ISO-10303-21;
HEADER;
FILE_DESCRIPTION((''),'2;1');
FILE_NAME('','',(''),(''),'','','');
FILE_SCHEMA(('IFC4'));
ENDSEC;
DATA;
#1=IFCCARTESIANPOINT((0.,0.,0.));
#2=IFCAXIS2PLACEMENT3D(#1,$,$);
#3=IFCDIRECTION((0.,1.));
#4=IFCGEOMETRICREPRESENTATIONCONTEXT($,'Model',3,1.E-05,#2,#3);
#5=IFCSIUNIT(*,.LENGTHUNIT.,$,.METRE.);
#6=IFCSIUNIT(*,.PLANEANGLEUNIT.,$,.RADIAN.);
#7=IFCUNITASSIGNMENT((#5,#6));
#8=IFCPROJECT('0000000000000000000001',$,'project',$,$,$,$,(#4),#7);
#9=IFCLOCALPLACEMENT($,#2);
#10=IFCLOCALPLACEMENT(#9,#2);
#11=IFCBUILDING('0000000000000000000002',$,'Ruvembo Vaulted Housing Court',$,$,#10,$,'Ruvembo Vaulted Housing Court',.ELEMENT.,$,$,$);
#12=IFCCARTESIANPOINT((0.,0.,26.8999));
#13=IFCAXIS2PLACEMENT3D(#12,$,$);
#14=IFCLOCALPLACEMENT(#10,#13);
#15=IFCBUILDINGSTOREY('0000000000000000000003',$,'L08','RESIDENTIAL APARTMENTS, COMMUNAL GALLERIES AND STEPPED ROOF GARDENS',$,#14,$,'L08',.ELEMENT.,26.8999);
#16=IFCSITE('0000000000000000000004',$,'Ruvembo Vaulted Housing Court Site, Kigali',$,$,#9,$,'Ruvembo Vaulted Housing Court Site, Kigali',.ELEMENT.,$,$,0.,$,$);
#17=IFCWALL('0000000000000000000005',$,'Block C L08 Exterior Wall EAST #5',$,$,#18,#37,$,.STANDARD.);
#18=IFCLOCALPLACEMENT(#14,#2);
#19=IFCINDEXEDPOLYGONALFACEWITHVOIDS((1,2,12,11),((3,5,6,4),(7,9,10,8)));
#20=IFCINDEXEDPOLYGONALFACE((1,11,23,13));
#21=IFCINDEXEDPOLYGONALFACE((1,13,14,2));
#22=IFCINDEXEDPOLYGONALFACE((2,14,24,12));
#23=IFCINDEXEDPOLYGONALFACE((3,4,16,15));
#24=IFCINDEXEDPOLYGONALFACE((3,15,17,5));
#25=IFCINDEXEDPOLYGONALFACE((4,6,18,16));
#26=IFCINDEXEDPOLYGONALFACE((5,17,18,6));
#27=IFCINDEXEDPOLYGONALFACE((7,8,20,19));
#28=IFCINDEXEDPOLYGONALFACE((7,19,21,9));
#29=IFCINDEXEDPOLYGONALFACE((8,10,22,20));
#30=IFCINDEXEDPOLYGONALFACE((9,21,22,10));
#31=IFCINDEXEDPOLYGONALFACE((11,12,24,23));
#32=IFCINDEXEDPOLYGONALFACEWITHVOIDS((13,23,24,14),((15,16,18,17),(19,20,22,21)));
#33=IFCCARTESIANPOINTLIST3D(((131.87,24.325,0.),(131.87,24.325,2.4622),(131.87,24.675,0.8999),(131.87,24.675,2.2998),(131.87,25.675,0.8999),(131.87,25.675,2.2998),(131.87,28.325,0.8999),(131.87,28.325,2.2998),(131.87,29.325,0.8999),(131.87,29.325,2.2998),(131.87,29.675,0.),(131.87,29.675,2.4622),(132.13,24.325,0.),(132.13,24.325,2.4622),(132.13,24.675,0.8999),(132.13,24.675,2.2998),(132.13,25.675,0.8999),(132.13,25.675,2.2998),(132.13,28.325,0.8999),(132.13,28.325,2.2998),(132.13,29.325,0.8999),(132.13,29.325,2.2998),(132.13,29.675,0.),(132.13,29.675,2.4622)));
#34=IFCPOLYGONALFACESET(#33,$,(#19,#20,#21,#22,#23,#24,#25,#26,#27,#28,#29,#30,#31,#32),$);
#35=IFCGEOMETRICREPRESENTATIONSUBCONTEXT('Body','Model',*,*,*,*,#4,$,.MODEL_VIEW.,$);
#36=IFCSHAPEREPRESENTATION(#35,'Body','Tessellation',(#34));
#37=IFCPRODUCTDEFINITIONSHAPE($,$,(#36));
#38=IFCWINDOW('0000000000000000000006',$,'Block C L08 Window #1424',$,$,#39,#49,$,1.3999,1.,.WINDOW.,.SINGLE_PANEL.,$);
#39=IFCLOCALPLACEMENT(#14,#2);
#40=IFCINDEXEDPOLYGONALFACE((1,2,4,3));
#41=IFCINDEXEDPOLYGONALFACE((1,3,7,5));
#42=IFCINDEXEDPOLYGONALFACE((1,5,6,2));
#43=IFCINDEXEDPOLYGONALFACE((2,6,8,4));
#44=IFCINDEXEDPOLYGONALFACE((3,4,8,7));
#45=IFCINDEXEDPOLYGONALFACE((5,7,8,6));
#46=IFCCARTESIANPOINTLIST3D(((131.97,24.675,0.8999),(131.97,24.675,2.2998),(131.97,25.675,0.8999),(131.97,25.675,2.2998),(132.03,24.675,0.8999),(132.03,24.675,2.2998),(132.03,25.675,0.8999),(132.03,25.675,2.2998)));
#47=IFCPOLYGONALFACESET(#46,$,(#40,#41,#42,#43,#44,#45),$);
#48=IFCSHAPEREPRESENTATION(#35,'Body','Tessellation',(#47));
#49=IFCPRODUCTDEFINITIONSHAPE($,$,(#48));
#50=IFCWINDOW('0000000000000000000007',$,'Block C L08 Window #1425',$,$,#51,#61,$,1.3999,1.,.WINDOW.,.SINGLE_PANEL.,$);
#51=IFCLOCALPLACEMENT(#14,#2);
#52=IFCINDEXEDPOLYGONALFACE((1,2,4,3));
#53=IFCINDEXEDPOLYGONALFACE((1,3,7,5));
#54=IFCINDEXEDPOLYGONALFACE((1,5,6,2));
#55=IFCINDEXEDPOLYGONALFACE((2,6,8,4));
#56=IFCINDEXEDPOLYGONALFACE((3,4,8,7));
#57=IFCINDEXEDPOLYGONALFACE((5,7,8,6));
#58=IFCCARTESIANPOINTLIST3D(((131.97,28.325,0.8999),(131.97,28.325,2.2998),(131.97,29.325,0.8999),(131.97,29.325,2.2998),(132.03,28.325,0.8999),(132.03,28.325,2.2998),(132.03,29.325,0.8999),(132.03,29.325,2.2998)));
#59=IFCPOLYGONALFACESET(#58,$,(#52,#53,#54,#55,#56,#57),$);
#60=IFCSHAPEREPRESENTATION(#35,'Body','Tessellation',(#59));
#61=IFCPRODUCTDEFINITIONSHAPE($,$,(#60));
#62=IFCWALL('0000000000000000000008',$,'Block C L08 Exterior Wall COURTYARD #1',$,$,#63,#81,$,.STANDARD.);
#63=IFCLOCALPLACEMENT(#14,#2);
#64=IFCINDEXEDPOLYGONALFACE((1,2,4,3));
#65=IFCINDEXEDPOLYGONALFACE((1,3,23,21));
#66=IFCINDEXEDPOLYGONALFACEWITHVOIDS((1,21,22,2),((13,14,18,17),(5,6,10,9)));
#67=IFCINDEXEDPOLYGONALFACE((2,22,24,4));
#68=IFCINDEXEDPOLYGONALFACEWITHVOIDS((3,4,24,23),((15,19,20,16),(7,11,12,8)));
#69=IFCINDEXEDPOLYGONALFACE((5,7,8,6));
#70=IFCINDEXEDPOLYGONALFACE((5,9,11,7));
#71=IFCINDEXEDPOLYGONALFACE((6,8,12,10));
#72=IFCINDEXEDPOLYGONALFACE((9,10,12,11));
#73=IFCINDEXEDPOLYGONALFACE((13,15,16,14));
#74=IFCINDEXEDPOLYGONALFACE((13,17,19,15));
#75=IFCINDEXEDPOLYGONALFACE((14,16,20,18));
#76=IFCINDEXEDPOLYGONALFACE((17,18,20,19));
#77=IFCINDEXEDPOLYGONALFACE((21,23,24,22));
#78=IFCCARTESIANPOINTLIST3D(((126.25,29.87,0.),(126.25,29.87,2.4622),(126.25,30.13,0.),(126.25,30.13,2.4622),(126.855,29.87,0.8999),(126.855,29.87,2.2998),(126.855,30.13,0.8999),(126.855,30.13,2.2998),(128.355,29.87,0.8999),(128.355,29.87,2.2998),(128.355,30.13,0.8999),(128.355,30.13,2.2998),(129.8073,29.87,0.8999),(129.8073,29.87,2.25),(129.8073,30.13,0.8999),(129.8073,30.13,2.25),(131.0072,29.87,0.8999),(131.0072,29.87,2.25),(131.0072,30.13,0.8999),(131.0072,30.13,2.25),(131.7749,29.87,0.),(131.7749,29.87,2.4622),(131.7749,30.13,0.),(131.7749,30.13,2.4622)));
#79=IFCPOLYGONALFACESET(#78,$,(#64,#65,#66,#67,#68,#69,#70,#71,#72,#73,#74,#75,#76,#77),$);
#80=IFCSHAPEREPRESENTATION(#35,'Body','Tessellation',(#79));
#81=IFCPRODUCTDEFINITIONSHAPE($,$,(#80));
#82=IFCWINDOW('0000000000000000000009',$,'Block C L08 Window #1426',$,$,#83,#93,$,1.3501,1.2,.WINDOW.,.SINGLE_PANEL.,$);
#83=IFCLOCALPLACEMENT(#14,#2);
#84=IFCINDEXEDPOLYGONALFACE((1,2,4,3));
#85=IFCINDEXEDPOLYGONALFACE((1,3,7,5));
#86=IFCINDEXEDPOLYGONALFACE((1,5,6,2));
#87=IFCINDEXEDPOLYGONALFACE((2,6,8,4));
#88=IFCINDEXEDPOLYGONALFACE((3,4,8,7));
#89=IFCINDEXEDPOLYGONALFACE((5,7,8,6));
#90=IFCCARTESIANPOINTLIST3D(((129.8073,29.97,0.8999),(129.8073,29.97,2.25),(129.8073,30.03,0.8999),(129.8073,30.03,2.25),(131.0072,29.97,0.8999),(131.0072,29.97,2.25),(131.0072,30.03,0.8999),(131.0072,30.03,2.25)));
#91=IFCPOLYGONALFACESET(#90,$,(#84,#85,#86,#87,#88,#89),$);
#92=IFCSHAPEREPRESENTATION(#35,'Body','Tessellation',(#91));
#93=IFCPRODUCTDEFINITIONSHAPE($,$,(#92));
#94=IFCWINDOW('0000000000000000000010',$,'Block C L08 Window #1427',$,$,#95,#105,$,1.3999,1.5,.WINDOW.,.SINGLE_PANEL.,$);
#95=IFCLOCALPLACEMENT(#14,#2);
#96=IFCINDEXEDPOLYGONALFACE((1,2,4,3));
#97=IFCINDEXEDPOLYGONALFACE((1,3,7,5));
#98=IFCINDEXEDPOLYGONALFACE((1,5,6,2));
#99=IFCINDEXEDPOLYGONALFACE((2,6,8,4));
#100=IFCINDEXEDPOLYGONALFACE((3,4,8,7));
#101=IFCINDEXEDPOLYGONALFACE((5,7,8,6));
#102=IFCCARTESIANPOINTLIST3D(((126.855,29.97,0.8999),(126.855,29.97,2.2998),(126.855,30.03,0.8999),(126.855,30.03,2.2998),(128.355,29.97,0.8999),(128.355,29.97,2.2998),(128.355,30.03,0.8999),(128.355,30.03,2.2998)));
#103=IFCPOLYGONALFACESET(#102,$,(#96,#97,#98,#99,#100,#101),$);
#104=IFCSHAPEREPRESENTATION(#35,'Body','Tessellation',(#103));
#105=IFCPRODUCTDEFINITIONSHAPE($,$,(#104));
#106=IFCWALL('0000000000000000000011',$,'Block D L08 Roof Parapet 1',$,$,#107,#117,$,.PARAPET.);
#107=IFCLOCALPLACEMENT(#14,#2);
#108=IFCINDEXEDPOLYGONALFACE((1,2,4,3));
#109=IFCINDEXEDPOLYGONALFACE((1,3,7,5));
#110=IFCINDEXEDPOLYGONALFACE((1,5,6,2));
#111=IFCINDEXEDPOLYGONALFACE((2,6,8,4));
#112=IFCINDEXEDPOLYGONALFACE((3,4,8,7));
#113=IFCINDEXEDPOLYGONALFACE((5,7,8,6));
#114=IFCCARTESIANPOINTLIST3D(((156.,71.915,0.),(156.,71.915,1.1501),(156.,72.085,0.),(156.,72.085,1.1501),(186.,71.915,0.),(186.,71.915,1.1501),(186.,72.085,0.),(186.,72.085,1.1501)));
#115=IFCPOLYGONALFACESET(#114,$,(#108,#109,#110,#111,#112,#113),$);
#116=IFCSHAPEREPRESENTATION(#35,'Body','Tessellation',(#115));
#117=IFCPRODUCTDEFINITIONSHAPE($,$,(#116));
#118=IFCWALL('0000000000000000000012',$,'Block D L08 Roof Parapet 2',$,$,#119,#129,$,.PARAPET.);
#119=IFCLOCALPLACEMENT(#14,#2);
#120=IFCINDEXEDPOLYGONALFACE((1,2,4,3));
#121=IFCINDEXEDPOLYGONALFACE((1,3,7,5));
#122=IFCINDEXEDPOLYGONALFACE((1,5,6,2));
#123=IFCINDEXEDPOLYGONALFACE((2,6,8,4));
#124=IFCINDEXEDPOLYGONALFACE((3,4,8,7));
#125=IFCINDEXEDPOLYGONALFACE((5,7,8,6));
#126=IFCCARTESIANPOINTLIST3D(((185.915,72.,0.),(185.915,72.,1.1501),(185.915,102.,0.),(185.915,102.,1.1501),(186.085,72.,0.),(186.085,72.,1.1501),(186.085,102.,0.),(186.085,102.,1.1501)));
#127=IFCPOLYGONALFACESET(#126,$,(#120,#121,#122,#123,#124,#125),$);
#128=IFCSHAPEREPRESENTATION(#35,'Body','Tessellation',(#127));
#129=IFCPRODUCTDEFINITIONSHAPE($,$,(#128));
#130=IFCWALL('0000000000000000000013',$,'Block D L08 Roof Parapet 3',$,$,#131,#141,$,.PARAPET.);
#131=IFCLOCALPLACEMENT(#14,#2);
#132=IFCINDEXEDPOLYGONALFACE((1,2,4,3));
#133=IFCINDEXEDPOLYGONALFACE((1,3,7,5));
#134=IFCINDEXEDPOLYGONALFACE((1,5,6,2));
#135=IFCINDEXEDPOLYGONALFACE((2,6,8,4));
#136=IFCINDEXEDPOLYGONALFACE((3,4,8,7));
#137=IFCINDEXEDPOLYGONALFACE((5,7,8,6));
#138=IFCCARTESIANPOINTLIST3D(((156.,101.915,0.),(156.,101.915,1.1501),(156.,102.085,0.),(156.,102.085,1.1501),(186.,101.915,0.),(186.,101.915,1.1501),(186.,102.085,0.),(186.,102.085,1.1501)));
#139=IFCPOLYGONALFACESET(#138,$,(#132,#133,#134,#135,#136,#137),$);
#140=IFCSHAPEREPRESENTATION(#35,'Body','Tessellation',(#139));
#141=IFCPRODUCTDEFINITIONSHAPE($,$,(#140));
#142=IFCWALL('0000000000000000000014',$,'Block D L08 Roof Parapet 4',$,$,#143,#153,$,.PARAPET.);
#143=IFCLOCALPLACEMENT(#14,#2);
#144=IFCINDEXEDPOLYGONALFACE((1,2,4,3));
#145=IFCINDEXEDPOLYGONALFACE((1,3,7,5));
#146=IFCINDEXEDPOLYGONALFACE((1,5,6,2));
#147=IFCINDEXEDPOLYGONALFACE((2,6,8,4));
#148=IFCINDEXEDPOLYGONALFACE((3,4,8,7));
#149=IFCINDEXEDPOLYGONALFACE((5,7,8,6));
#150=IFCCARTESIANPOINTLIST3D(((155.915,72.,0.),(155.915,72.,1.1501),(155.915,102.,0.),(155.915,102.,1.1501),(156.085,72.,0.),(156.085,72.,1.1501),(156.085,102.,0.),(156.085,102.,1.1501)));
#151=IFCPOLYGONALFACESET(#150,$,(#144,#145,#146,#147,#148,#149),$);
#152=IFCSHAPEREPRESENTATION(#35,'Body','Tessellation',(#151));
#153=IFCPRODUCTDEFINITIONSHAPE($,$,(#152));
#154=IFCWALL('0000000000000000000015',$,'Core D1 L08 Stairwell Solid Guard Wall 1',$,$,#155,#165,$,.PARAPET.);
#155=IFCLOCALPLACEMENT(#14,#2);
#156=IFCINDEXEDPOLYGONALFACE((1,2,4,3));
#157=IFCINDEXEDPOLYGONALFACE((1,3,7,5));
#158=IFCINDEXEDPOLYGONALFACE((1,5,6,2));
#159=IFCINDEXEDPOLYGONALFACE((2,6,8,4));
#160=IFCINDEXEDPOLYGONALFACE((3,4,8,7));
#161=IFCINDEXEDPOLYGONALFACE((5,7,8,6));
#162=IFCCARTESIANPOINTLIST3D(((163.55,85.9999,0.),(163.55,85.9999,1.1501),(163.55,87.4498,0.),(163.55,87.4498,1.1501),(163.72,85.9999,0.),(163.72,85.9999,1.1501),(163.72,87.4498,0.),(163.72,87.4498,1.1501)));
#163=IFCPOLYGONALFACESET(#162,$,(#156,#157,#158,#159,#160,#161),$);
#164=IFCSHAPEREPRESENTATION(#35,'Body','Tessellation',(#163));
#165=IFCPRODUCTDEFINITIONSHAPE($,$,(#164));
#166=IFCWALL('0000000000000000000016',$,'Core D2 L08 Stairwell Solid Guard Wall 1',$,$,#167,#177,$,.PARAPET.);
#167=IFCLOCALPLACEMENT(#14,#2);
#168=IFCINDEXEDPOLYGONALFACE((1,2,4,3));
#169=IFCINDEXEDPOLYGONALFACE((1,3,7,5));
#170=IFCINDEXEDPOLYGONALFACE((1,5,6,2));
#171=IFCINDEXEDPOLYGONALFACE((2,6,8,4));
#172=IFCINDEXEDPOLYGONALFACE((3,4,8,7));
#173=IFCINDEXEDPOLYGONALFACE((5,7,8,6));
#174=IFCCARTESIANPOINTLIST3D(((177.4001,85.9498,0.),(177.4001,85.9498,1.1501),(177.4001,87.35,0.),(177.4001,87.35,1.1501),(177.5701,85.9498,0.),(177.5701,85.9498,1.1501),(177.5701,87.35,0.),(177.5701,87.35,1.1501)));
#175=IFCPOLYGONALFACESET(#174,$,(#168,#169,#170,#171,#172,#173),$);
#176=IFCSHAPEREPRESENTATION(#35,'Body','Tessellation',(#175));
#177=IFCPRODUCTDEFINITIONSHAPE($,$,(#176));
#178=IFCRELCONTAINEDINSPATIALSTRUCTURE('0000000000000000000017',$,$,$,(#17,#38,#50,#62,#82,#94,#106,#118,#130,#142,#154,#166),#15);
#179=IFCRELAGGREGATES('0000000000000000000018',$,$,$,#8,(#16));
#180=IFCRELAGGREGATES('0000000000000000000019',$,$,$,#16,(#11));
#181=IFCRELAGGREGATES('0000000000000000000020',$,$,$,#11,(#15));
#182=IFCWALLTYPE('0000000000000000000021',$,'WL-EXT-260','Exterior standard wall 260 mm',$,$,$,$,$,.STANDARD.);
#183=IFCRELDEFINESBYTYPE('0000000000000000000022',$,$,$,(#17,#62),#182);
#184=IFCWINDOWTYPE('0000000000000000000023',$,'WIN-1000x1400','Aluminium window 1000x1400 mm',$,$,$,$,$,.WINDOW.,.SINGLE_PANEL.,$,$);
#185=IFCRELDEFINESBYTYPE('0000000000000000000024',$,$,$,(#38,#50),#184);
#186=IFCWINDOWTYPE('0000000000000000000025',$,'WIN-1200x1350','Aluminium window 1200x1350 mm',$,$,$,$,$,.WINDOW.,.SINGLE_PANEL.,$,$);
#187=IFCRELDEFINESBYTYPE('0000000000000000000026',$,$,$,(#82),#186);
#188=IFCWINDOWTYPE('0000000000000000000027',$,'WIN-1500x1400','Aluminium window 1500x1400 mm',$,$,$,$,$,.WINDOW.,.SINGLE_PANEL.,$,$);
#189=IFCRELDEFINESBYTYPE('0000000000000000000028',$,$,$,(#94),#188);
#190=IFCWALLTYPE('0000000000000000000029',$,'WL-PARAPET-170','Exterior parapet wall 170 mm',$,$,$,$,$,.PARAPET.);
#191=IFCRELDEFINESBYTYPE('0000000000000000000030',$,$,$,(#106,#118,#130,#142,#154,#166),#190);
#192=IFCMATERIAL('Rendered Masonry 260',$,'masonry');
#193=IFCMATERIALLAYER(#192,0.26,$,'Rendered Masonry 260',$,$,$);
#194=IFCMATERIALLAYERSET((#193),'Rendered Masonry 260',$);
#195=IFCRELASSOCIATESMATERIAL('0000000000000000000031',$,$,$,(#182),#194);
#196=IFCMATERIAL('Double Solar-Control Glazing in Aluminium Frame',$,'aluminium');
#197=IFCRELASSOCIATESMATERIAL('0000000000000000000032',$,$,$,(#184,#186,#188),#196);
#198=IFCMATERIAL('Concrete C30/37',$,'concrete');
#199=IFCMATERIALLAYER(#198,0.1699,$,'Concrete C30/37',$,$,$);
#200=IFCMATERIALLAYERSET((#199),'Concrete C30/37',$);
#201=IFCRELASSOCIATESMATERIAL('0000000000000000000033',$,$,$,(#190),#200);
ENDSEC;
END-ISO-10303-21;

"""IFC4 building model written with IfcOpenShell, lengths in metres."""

from ifc_helpers import new_model, si_unit, direction, frame, frame_2d, origin, place, context, subcontext, project, spatial, rectangle, extrude, material, layer, layer_set, type_object, element, fill, save


model = new_model("IFC4")

# Units and contexts
model_context = context("Model", 3, precision=1e-05, world=origin(), true_north=direction((0.0, 1.0)))
body_context = subcontext(model_context, "Body", "Model", "MODEL_VIEW")
ifc_project = project(units=[si_unit("LENGTHUNIT", "METRE"), si_unit("PLANEANGLEUNIT", "RADIAN")], contexts=[model_context])

# Site, building, storey
site_placement = place(None, origin())
site = spatial("IfcSite", under=ifc_project, at=site_placement, Name="Ruvembo Vaulted Housing Court Site, Kigali", LongName="Ruvembo Vaulted Housing Court Site, Kigali", CompositionType="ELEMENT", RefElevation=0.0)
building_placement = place(site_placement, origin())
building = spatial("IfcBuilding", under=site, at=building_placement, Name="Ruvembo Vaulted Housing Court", LongName="Ruvembo Vaulted Housing Court", CompositionType="ELEMENT")
storey_placement = place(building_placement, frame((0.0, 0.0, 26.8999)))
storey = spatial("IfcBuildingStorey", under=building, at=storey_placement, Name="L08", Description="RESIDENTIAL APARTMENTS, COMMUNAL GALLERIES AND STEPPED ROOF GARDENS", LongName="L08", CompositionType="ELEMENT", Elevation=26.8999)

# Walls, openings, windows
ifc_material_1 = material(Name="Rendered Masonry 260", Category="masonry")
ifc_layer_1 = layer(ifc_material_1, 0.26, Name="Rendered Masonry 260")
ifc_layer_set_1 = layer_set([ifc_layer_1], Name="Rendered Masonry 260")
wall_type_1 = type_object("IfcWallType", Name="WL-EXT-260", Description="Exterior standard wall 260 mm", PredefinedType="STANDARD", material=ifc_layer_set_1)
wall_1_placement = place(storey_placement, frame((132.0, 24.325, 0.0), z_axis=(0.0, 0.0, 1.0), x_axis=(0.0, 1.0, 0.0)))
wall_1 = element("IfcWall", 1, at=wall_1_placement, inside=storey, type_object=wall_type_1, Name="Block C L08 Exterior Wall EAST #5", PredefinedType="STANDARD", context=body_context, shape_type="SweptSolid", body=[
    extrude(rectangle(XDim=5.3501, YDim=0.26, at=frame_2d((2.675, 0.0))), origin(), (0.0, 0.0, 1.0), 2.4622),
])
opening_1_placement = place(wall_1_placement, frame((0.3501, 0.0, 0.8999)))
opening_1 = element("IfcOpeningElement", 2, at=opening_1_placement, cuts=wall_1, PredefinedType="OPENING", context=body_context, shape_type="SweptSolid", body=[
    extrude(rectangle(XDim=1.0, YDim=1.3999, at=frame_2d((0.5, 0.7))), frame((0.0, 0.1399, 0.0), z_axis=(0.0, -1.0, 0.0), x_axis=(1.0, 0.0, 0.0)), (0.0, 0.0, 1.0), 0.28),
])
opening_2_placement = place(wall_1_placement, frame((4.0, 0.0, 0.8999)))
opening_2 = element("IfcOpeningElement", 3, at=opening_2_placement, cuts=wall_1, PredefinedType="OPENING", context=body_context, shape_type="SweptSolid", body=[
    extrude(rectangle(XDim=1.0, YDim=1.3999, at=frame_2d((0.5, 0.7))), frame((0.0, 0.1399, 0.0), z_axis=(0.0, -1.0, 0.0), x_axis=(1.0, 0.0, 0.0)), (0.0, 0.0, 1.0), 0.28),
])
ifc_material_2 = material(Name="Double Solar-Control Glazing in Aluminium Frame", Category="aluminium")
window_type_1 = type_object("IfcWindowType", Name="WIN-1000x1400", Description="Aluminium window 1000x1400 mm", PartitioningType="SINGLE_PANEL", PredefinedType="WINDOW", material=ifc_material_2)
window_1_placement = place(opening_1_placement, origin())
window_1 = element("IfcWindow", 4, at=window_1_placement, inside=storey, type_object=window_type_1, Name="Block C L08 Window #1424", OverallHeight=1.3999, OverallWidth=1.0, PartitioningType="SINGLE_PANEL", PredefinedType="WINDOW", context=body_context, shape_type="SweptSolid", body=[
    extrude(rectangle(XDim=1.0, YDim=1.3999, at=frame_2d((0.5, 0.7))), frame((0.0, 0.03, 0.0), z_axis=(0.0, -1.0, 0.0), x_axis=(1.0, 0.0, 0.0)), (0.0, 0.0, 1.0), 0.0601),
])
fill(opening_1, window_1)
window_2_placement = place(opening_2_placement, origin())
window_2 = element("IfcWindow", 5, at=window_2_placement, inside=storey, type_object=window_type_1, Name="Block C L08 Window #1425", OverallHeight=1.3999, OverallWidth=1.0, PartitioningType="SINGLE_PANEL", PredefinedType="WINDOW", context=body_context, shape_type="SweptSolid", body=[
    extrude(rectangle(XDim=1.0, YDim=1.3999, at=frame_2d((0.5, 0.7))), frame((0.0, 0.03, 0.0), z_axis=(0.0, -1.0, 0.0), x_axis=(1.0, 0.0, 0.0)), (0.0, 0.0, 1.0), 0.0601),
])
fill(opening_2, window_2)
wall_2_placement = place(storey_placement, frame((131.7749, 30.0, 0.0), z_axis=(0.0, 0.0, 1.0), x_axis=(-1.0, 0.0, 0.0)))
wall_2 = element("IfcWall", 6, at=wall_2_placement, inside=storey, type_object=wall_type_1, Name="Block C L08 Exterior Wall COURTYARD #1", PredefinedType="STANDARD", context=body_context, shape_type="SweptSolid", body=[
    extrude(rectangle(XDim=5.5249, YDim=0.26, at=frame_2d((2.7625, 0.0))), origin(), (0.0, 0.0, 1.0), 2.4622),
])
opening_3_placement = place(wall_2_placement, frame((0.7676, 0.0, 0.8999)))
opening_3 = element("IfcOpeningElement", 7, at=opening_3_placement, cuts=wall_2, PredefinedType="OPENING", context=body_context, shape_type="SweptSolid", body=[
    extrude(rectangle(XDim=1.2, YDim=1.3501, at=frame_2d((0.6001, 0.675))), frame((0.0, 0.1399, 0.0), z_axis=(0.0, -1.0, 0.0), x_axis=(1.0, 0.0, 0.0)), (0.0, 0.0, 1.0), 0.28),
])
opening_4_placement = place(wall_2_placement, frame((3.4199, 0.0, 0.8999)))
opening_4 = element("IfcOpeningElement", 8, at=opening_4_placement, cuts=wall_2, PredefinedType="OPENING", context=body_context, shape_type="SweptSolid", body=[
    extrude(rectangle(XDim=1.5, YDim=1.3999, at=frame_2d((0.75, 0.7))), frame((0.0, 0.1399, 0.0), z_axis=(0.0, -1.0, 0.0), x_axis=(1.0, 0.0, 0.0)), (0.0, 0.0, 1.0), 0.28),
])
window_type_2 = type_object("IfcWindowType", Name="WIN-1200x1350", Description="Aluminium window 1200x1350 mm", PartitioningType="SINGLE_PANEL", PredefinedType="WINDOW", material=ifc_material_2)
window_3_placement = place(opening_3_placement, origin())
window_3 = element("IfcWindow", 9, at=window_3_placement, inside=storey, type_object=window_type_2, Name="Block C L08 Window #1426", OverallHeight=1.3501, OverallWidth=1.2, PartitioningType="SINGLE_PANEL", PredefinedType="WINDOW", context=body_context, shape_type="SweptSolid", body=[
    extrude(rectangle(XDim=1.2, YDim=1.3501, at=frame_2d((0.6001, 0.675))), frame((0.0, 0.03, 0.0), z_axis=(0.0, -1.0, 0.0), x_axis=(1.0, 0.0, 0.0)), (0.0, 0.0, 1.0), 0.0601),
])
fill(opening_3, window_3)
window_type_3 = type_object("IfcWindowType", Name="WIN-1500x1400", Description="Aluminium window 1500x1400 mm", PartitioningType="SINGLE_PANEL", PredefinedType="WINDOW", material=ifc_material_2)
window_4_placement = place(opening_4_placement, origin())
window_4 = element("IfcWindow", 10, at=window_4_placement, inside=storey, type_object=window_type_3, Name="Block C L08 Window #1427", OverallHeight=1.3999, OverallWidth=1.5, PartitioningType="SINGLE_PANEL", PredefinedType="WINDOW", context=body_context, shape_type="SweptSolid", body=[
    extrude(rectangle(XDim=1.5, YDim=1.3999, at=frame_2d((0.75, 0.7))), frame((0.0, 0.03, 0.0), z_axis=(0.0, -1.0, 0.0), x_axis=(1.0, 0.0, 0.0)), (0.0, 0.0, 1.0), 0.0601),
])
fill(opening_4, window_4)

# Walls
ifc_material_3 = material(Name="Concrete C30/37", Category="concrete")
ifc_layer_2 = layer(ifc_material_3, 0.1699, Name="Concrete C30/37")
ifc_layer_set_2 = layer_set([ifc_layer_2], Name="Concrete C30/37")
wall_type_2 = type_object("IfcWallType", Name="WL-PARAPET-170", Description="Exterior parapet wall 170 mm", PredefinedType="PARAPET", material=ifc_layer_set_2)
for number, where, z_axis, x_axis, name in (
    (11, (156.0, 72.0, 0.0), (0.0, 0.0, 1.0), (1.0, 0.0, 0.0), "Block D L08 Roof Parapet 1"),
    (12, (186.0, 72.0, 0.0), (0.0, 0.0, 1.0), (0.0, 1.0, 0.0), "Block D L08 Roof Parapet 2"),
    (13, (186.0, 102.0, 0.0), (0.0, 0.0, 1.0), (-1.0, 0.0, 0.0), "Block D L08 Roof Parapet 3"),
    (14, (156.0, 102.0, 0.0), (0.0, 0.0, 1.0), (0.0, -1.0, 0.0), "Block D L08 Roof Parapet 4"),
):
    element("IfcWall", number, at=place(storey_placement, frame(where, z_axis=z_axis, x_axis=x_axis)), inside=storey, type_object=wall_type_2, Name=name, PredefinedType="PARAPET", context=body_context, shape_type="SweptSolid", body=[
        extrude(rectangle(XDim=30.0, YDim=0.1699, at=frame_2d((15.0, 0.0))), origin(), (0.0, 0.0, 1.0), 1.1501),
    ])
wall_3_placement = place(storey_placement, frame((163.635, 87.45, 0.0), z_axis=(0.0, 0.0, 1.0), x_axis=(0.0, -1.0, 0.0)))
element("IfcWall", 15, at=wall_3_placement, inside=storey, type_object=wall_type_2, Name="Core D1 L08 Stairwell Solid Guard Wall 1", PredefinedType="PARAPET", context=body_context, shape_type="SweptSolid", body=[
    extrude(rectangle(XDim=1.45, YDim=0.1699, at=frame_2d((0.7251, 0.0))), origin(), (0.0, 0.0, 1.0), 1.1501),
])
wall_4_placement = place(storey_placement, frame((177.4851, 87.3501, 0.0), z_axis=(0.0, 0.0, 1.0), x_axis=(0.0, -1.0, 0.0)))
element("IfcWall", 16, at=wall_4_placement, inside=storey, type_object=wall_type_2, Name="Core D2 L08 Stairwell Solid Guard Wall 1", PredefinedType="PARAPET", context=body_context, shape_type="SweptSolid", body=[
    extrude(rectangle(XDim=1.4001, YDim=0.1699, at=frame_2d((0.7002, 0.0))), origin(), (0.0, 0.0, 1.0), 1.1501),
])

save(model, "model.ifc")
